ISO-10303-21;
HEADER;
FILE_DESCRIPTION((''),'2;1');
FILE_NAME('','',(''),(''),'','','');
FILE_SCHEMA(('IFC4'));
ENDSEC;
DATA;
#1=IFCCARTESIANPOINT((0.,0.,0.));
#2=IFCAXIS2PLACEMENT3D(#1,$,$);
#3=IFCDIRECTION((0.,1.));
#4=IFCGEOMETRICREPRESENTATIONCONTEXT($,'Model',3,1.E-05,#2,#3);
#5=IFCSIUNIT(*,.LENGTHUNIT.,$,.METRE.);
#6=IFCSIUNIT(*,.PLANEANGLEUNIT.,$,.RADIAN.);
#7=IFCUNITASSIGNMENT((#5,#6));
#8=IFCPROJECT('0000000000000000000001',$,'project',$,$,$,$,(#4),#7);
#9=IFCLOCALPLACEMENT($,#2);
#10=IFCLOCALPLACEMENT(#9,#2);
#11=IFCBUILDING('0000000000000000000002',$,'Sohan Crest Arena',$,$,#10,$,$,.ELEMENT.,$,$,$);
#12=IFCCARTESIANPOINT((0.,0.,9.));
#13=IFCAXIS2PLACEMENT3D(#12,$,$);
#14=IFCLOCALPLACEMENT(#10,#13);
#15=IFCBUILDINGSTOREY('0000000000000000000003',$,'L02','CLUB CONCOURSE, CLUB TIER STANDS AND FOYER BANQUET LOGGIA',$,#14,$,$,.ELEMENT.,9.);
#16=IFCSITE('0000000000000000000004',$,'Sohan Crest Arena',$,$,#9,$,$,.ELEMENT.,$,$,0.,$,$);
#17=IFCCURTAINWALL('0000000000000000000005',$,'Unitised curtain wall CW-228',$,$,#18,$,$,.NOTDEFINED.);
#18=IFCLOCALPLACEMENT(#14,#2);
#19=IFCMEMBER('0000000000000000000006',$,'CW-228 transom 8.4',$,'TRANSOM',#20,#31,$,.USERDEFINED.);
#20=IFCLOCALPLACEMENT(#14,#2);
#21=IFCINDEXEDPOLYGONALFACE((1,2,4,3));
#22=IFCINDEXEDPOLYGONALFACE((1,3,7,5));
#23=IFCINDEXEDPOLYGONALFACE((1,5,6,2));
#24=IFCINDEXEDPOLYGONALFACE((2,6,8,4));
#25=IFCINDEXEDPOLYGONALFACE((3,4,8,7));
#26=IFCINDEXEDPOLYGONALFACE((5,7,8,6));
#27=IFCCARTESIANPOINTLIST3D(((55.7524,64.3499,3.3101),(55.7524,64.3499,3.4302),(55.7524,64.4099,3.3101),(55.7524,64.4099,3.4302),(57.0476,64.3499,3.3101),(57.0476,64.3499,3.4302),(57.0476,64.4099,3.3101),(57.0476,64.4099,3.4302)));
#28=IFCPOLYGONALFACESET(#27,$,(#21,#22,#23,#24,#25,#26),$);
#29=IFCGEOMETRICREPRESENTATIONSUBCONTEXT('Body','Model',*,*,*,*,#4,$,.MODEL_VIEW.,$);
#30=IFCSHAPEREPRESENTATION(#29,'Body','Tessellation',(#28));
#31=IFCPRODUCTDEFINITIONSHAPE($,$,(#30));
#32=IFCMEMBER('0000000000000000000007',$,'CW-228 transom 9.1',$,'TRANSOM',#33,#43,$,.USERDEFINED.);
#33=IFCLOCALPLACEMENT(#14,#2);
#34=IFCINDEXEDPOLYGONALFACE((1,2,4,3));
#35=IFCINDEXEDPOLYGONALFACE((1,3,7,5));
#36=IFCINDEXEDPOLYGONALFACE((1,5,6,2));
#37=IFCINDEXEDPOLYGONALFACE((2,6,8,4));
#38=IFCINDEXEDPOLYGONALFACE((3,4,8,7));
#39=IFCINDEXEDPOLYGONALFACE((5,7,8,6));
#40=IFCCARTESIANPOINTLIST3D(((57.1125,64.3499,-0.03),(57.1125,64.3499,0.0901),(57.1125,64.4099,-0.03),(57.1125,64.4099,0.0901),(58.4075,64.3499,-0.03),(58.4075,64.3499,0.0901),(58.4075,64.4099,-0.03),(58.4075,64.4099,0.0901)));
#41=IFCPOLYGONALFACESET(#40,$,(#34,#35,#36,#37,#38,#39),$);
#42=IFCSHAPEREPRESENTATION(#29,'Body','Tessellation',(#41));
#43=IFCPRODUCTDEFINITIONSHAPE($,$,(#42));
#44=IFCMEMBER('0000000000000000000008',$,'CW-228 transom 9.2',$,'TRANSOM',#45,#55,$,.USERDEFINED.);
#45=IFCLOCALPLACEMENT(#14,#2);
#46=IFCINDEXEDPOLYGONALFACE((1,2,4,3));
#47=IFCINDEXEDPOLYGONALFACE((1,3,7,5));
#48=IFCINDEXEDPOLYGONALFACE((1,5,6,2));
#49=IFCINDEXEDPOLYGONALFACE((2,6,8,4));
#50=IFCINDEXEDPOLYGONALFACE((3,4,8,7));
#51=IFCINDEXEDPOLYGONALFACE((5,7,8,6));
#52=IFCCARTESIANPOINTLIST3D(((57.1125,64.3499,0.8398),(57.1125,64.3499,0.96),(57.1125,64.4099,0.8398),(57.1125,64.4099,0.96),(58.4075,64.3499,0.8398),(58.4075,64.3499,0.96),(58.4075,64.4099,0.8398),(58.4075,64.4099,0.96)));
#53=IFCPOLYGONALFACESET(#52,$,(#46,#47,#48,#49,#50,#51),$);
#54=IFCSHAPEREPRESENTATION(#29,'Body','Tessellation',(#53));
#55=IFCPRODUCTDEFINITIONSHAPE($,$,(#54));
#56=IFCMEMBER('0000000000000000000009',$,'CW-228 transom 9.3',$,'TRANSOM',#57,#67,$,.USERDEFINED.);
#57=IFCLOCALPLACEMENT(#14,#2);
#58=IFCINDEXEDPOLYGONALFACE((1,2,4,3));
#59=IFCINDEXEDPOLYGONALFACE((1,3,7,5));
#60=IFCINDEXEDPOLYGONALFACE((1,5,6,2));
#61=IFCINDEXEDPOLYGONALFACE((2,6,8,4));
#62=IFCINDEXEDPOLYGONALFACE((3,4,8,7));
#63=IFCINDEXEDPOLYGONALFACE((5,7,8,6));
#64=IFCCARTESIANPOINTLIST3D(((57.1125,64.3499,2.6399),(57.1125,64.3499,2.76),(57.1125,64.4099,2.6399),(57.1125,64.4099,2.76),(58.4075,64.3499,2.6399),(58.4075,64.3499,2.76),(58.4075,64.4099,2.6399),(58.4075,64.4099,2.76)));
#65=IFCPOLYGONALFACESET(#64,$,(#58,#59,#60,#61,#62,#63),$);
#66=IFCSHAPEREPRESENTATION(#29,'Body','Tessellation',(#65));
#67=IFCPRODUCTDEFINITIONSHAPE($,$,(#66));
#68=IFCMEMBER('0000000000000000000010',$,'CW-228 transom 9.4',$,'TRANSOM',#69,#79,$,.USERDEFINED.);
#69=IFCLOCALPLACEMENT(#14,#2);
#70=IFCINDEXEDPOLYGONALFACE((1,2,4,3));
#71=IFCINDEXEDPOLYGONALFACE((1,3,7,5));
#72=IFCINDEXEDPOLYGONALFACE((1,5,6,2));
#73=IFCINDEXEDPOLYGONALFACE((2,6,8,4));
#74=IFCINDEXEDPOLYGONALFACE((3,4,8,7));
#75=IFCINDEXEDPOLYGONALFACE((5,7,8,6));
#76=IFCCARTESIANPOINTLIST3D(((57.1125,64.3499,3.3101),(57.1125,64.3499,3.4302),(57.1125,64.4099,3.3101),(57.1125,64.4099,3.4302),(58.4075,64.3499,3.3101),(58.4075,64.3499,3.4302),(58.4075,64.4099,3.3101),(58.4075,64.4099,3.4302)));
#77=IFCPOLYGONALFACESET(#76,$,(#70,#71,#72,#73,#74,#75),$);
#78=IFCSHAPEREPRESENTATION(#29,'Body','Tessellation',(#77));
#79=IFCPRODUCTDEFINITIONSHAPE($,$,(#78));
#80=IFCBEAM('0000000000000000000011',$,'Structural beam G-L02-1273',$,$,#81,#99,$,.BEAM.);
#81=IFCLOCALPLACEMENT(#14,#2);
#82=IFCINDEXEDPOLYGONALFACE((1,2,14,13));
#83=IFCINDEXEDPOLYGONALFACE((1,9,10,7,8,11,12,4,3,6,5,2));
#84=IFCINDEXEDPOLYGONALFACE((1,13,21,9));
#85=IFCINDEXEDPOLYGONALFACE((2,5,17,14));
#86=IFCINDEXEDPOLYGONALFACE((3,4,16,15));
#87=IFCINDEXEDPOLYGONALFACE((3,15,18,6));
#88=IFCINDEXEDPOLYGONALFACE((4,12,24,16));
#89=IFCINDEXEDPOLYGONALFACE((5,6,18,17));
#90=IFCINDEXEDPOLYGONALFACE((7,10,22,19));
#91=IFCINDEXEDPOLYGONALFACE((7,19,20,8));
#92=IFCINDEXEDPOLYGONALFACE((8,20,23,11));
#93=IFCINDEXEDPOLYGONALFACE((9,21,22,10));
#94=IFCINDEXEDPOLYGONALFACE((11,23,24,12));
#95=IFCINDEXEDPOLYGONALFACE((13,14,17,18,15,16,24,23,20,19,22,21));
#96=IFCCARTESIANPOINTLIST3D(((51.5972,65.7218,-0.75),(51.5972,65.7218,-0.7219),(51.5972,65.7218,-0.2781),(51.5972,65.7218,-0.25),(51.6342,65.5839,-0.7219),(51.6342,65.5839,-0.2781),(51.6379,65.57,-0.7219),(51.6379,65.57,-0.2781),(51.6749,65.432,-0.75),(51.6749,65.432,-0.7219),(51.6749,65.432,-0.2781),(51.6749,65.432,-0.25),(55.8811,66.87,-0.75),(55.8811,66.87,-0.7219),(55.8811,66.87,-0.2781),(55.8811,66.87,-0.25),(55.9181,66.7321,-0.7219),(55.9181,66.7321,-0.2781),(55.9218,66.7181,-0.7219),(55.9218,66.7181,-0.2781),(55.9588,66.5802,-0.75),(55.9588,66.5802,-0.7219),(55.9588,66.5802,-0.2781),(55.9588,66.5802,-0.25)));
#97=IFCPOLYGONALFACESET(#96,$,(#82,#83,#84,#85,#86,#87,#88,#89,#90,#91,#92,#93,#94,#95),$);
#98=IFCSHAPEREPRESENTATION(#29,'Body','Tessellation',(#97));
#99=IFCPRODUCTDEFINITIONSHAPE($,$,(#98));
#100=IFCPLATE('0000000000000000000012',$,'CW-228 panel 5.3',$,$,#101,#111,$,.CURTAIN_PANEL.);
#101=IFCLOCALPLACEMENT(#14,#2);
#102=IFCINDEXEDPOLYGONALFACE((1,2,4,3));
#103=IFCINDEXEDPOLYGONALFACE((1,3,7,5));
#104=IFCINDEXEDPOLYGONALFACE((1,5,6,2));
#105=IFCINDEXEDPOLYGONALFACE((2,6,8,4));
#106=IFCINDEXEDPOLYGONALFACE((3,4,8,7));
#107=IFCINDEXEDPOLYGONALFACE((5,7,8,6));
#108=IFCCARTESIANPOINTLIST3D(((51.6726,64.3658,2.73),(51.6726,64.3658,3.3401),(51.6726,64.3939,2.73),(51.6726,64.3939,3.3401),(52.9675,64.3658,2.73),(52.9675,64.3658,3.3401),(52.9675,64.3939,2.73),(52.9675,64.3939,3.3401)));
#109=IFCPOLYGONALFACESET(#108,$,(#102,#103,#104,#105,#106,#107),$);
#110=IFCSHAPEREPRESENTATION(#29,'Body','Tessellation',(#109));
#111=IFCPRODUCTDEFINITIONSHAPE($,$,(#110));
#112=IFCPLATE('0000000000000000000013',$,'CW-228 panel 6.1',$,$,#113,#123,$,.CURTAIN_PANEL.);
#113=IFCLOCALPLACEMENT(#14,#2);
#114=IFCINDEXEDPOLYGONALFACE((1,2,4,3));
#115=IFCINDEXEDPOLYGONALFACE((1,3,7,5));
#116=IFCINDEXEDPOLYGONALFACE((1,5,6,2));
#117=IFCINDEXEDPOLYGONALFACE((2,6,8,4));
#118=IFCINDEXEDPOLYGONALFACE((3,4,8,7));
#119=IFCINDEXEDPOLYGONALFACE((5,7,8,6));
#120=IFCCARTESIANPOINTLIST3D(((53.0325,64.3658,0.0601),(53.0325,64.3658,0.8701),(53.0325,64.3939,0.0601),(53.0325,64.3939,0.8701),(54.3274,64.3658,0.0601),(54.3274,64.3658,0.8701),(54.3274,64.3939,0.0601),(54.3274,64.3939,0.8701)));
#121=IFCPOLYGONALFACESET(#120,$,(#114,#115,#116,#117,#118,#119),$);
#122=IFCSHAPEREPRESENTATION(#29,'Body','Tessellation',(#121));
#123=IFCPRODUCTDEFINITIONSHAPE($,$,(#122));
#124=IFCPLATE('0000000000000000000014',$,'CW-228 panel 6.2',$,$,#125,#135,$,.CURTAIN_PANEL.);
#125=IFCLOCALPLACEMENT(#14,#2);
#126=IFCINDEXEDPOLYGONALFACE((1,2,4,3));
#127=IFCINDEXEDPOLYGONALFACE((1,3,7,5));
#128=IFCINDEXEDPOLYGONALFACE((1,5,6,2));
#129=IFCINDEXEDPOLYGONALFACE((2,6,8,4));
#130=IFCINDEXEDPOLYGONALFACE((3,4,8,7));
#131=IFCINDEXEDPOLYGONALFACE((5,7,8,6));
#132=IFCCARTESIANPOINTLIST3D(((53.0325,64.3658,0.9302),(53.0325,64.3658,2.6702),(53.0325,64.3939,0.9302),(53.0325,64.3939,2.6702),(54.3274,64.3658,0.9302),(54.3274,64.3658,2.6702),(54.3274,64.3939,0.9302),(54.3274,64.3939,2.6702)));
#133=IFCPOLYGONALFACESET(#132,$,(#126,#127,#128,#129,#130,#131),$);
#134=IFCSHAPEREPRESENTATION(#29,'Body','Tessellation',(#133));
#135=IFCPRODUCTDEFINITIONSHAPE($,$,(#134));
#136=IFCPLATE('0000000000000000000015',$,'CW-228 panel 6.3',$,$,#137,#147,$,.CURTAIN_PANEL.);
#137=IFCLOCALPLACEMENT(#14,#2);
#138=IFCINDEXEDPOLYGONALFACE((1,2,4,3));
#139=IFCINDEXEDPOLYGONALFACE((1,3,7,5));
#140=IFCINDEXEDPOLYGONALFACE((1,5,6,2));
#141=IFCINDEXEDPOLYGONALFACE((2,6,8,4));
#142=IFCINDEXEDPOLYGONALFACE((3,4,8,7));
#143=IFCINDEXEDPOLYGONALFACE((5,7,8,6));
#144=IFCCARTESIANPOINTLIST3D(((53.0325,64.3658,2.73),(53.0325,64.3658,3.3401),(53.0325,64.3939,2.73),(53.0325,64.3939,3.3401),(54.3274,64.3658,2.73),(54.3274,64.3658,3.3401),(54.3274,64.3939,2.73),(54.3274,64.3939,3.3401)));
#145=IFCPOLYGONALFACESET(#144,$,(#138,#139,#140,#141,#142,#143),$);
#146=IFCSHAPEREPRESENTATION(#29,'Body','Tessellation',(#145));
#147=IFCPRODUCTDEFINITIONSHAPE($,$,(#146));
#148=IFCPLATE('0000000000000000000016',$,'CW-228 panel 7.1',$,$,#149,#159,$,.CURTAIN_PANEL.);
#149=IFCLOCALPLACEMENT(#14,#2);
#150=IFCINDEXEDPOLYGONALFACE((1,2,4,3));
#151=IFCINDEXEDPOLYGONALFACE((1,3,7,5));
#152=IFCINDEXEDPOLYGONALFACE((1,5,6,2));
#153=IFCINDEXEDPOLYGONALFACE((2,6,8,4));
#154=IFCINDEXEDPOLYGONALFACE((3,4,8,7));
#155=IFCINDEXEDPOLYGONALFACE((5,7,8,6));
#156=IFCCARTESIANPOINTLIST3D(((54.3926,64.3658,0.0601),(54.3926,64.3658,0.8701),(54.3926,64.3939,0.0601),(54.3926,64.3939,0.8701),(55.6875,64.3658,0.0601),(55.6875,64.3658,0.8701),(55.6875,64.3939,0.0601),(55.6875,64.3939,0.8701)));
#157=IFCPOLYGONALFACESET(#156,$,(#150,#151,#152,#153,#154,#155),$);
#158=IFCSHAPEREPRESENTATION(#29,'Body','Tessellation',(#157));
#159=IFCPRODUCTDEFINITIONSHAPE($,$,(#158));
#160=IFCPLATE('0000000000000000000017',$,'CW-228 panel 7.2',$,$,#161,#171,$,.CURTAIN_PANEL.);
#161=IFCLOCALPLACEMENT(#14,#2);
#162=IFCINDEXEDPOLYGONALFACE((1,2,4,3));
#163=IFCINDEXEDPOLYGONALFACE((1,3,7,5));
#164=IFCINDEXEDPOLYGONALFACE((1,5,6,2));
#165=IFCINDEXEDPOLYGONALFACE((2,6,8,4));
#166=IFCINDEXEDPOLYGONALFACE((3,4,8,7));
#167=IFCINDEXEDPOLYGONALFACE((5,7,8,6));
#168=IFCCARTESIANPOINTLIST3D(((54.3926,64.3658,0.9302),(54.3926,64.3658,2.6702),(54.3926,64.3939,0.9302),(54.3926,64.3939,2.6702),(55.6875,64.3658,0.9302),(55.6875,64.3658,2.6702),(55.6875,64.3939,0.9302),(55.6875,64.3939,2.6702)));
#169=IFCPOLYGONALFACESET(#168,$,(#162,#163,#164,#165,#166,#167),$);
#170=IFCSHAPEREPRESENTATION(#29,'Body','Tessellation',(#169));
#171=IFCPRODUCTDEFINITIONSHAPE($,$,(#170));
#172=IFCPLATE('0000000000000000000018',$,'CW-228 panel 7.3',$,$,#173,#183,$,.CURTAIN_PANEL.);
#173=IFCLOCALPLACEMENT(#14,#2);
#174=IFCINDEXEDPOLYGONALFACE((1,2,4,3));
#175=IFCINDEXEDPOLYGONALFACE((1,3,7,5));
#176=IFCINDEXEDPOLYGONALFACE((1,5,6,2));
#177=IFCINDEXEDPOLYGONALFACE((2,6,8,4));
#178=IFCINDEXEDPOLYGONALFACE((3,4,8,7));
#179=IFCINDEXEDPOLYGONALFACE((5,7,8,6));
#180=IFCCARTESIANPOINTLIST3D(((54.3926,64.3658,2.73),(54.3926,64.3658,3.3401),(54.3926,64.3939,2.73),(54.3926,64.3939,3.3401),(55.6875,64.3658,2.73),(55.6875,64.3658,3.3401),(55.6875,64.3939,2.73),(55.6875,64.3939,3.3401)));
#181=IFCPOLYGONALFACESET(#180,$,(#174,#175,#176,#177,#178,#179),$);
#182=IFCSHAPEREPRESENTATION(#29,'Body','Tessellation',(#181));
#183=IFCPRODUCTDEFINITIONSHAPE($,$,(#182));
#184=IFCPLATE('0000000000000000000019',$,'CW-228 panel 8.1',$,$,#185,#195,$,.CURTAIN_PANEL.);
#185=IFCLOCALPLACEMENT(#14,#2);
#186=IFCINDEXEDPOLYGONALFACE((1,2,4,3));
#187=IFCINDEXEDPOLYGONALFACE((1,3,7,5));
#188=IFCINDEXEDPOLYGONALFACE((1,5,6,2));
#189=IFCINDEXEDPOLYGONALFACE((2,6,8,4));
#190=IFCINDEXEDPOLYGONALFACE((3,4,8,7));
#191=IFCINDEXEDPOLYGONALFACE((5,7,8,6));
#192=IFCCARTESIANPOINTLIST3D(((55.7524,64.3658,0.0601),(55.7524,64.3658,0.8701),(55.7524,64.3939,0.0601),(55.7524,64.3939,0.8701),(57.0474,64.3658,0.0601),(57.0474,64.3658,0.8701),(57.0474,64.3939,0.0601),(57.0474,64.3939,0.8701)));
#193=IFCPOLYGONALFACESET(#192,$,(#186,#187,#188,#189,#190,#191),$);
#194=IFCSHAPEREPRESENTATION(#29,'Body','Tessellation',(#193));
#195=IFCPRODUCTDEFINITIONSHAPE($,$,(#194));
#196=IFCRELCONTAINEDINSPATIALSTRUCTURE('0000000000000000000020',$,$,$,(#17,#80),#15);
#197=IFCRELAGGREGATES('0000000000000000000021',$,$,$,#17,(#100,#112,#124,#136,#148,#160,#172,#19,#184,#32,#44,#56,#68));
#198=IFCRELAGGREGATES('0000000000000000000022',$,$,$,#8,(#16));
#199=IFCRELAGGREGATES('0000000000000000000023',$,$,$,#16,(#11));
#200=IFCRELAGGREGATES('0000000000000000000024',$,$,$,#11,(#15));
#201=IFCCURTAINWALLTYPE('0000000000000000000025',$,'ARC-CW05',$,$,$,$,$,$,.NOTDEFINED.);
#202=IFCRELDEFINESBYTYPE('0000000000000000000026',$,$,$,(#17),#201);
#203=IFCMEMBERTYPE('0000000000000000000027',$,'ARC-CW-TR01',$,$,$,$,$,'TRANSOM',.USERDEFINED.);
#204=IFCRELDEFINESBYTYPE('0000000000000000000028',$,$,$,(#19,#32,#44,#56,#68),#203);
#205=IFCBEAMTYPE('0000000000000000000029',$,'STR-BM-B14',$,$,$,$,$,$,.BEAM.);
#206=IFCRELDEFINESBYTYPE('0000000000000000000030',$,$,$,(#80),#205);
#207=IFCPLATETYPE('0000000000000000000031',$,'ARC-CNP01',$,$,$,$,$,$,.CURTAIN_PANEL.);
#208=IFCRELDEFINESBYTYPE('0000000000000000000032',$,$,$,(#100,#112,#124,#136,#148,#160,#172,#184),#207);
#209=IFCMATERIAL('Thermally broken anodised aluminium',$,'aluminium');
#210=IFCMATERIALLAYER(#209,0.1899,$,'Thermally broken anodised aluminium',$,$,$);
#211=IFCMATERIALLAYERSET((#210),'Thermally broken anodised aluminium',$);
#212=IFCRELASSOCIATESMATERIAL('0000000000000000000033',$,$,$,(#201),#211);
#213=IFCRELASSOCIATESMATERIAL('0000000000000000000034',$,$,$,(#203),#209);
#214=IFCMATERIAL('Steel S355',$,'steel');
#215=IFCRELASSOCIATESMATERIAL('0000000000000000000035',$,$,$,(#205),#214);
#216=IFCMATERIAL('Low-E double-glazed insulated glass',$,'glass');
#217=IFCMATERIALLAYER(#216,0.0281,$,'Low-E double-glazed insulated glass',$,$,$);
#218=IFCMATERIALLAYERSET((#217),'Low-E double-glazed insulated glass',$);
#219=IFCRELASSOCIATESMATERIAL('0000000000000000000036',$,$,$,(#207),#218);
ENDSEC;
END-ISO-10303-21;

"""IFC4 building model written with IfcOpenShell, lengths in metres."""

from ifc_helpers import new_model, si_unit, direction, frame, origin, origin_2d, place, context, subcontext, project, spatial, rectangle, i_section, extrude, material, layer, layer_set, material_profile, profile_set, type_object, element, aggregate, save


model = new_model("IFC4")

# Units and contexts
model_context = context("Model", 3, precision=1e-05, world=origin(), true_north=direction((0.0, 1.0)))
body_context = subcontext(model_context, "Body", "Model", "MODEL_VIEW")
ifc_project = project(units=[si_unit("LENGTHUNIT", "METRE"), si_unit("PLANEANGLEUNIT", "RADIAN")], contexts=[model_context])

# Site, building, storey
site_placement = place(None, origin())
site = spatial("IfcSite", under=ifc_project, at=site_placement, Name="Sohan Crest Arena", CompositionType="ELEMENT", RefElevation=0.0)
building_placement = place(site_placement, origin())
building = spatial("IfcBuilding", under=site, at=building_placement, Name="Sohan Crest Arena", CompositionType="ELEMENT")
storey_placement = place(building_placement, frame((0.0, 0.0, 9.0)))
storey = spatial("IfcBuildingStorey", under=building, at=storey_placement, Name="L02", Description="CLUB CONCOURSE, CLUB TIER STANDS AND FOYER BANQUET LOGGIA", CompositionType="ELEMENT", Elevation=9.0)

# Curtain wall, members
ifc_material_1 = material(Name="Thermally broken anodised aluminium", Category="aluminium")
ifc_layer_1 = layer(ifc_material_1, 0.1899, Name="Thermally broken anodised aluminium")
ifc_layer_set_1 = layer_set([ifc_layer_1], Name="Thermally broken anodised aluminium")
curtain_wall_type = type_object("IfcCurtainWallType", Name="ARC-CW05", PredefinedType="NOTDEFINED", material=ifc_layer_set_1)
curtain_wall_placement = place(storey_placement, origin())
curtain_wall = element("IfcCurtainWall", 1, at=curtain_wall_placement, inside=storey, type_object=curtain_wall_type, Name="Unitised curtain wall CW-228", PredefinedType="NOTDEFINED")
ifc_material_profile_1 = material_profile(ifc_material_1, rectangle(XDim=0.0601, YDim=0.1201, at=origin_2d()), Name="ALU-TRAN 60x120")
ifc_profile_set_1 = profile_set([ifc_material_profile_1], Name="Thermally broken anodised aluminium")
member_type_1 = type_object("IfcMemberType", Name="ARC-CW-TR01", ElementType="TRANSOM", PredefinedType="USERDEFINED", material=ifc_profile_set_1)
member_1_placement = place(storey_placement, frame((55.7524, 64.3799, 3.3701), z_axis=(1.0, 0.0, 0.0), x_axis=(0.0, 1.0, 0.0)))
member_1 = element("IfcMember", 2, at=member_1_placement, type_object=member_type_1, Name="CW-228 transom 8.4", ObjectType="TRANSOM", PredefinedType="USERDEFINED", context=body_context, shape_type="SweptSolid", body=[
    extrude(rectangle(XDim=0.0601, YDim=0.1201, at=origin_2d()), origin(), (0.0, 0.0, 1.0), 1.2952),
])
member_2_placement = place(storey_placement, frame((57.1125, 64.3799, 0.03), z_axis=(1.0, 0.0, 0.0), x_axis=(0.0, 1.0, 0.0)))
member_2 = element("IfcMember", 3, at=member_2_placement, type_object=member_type_1, Name="CW-228 transom 9.1", ObjectType="TRANSOM", PredefinedType="USERDEFINED", context=body_context, shape_type="SweptSolid", body=[
    extrude(rectangle(XDim=0.0601, YDim=0.1201, at=origin_2d()), origin(), (0.0, 0.0, 1.0), 1.2949),
])
member_3_placement = place(storey_placement, frame((57.1125, 64.3799, 0.8999), z_axis=(1.0, 0.0, 0.0), x_axis=(0.0, 1.0, 0.0)))
member_3 = element("IfcMember", 4, at=member_3_placement, type_object=member_type_1, Name="CW-228 transom 9.2", ObjectType="TRANSOM", PredefinedType="USERDEFINED", context=body_context, shape_type="SweptSolid", body=[
    extrude(rectangle(XDim=0.0601, YDim=0.1201, at=origin_2d()), origin(), (0.0, 0.0, 1.0), 1.2949),
])
member_4_placement = place(storey_placement, frame((57.1125, 64.3799, 2.7), z_axis=(1.0, 0.0, 0.0), x_axis=(0.0, 1.0, 0.0)))
member_4 = element("IfcMember", 5, at=member_4_placement, type_object=member_type_1, Name="CW-228 transom 9.3", ObjectType="TRANSOM", PredefinedType="USERDEFINED", context=body_context, shape_type="SweptSolid", body=[
    extrude(rectangle(XDim=0.0601, YDim=0.1201, at=origin_2d()), origin(), (0.0, 0.0, 1.0), 1.2949),
])
member_5_placement = place(storey_placement, frame((57.1125, 64.3799, 3.3701), z_axis=(1.0, 0.0, 0.0), x_axis=(0.0, 1.0, 0.0)))
member_5 = element("IfcMember", 6, at=member_5_placement, type_object=member_type_1, Name="CW-228 transom 9.4", ObjectType="TRANSOM", PredefinedType="USERDEFINED", context=body_context, shape_type="SweptSolid", body=[
    extrude(rectangle(XDim=0.0601, YDim=0.1201, at=origin_2d()), origin(), (0.0, 0.0, 1.0), 1.2949),
])

# Beam
ifc_material_2 = material(Name="Steel S355", Category="steel")
ifc_material_profile_2 = material_profile(ifc_material_2, i_section(OverallWidth=0.3, OverallDepth=0.5, WebThickness=0.0144, FlangeThickness=0.0281, at=origin_2d()), Name="HEB 500")
ifc_profile_set_2 = profile_set([ifc_material_profile_2], Name="Steel S355")
beam_type = type_object("IfcBeamType", Name="STR-BM-B14", PredefinedType="BEAM", material=ifc_profile_set_2)
beam_placement = place(storey_placement, frame((55.9199, 66.7251, -0.5), z_axis=(-0.965908, -0.258886, 0.0), x_axis=(0.258886, -0.965908, 0.0)))
element("IfcBeam", 7, at=beam_placement, inside=storey, type_object=beam_type, Name="Structural beam G-L02-1273", PredefinedType="BEAM", context=body_context, shape_type="SweptSolid", body=[
    extrude(i_section(OverallWidth=0.3, OverallDepth=0.5, WebThickness=0.0144, FlangeThickness=0.0281, at=origin_2d()), origin(), (0.0, 0.0, 1.0), 4.4351),
])

# Plates
ifc_material_3 = material(Name="Low-E double-glazed insulated glass", Category="glass")
ifc_layer_2 = layer(ifc_material_3, 0.0281, Name="Low-E double-glazed insulated glass")
ifc_layer_set_2 = layer_set([ifc_layer_2], Name="Low-E double-glazed insulated glass")
plate_type = type_object("IfcPlateType", Name="ARC-CNP01", PredefinedType="CURTAIN_PANEL", material=ifc_layer_set_2)
plate_1_placement = place(storey_placement, frame((52.3201, 64.3799, 2.73), z_axis=(0.0, 0.0, 1.0), x_axis=(1.0, 0.0, 0.0)))
plate_1 = element("IfcPlate", 8, at=plate_1_placement, type_object=plate_type, Name="CW-228 panel 5.3", PredefinedType="CURTAIN_PANEL", context=body_context, shape_type="SweptSolid", body=[
    extrude(rectangle(XDim=1.2949, YDim=0.0281, at=origin_2d()), origin(), (0.0, 0.0, 1.0), 0.6101),
])
plate_2_placement = place(storey_placement, frame((53.6799, 64.3799, 0.0601), z_axis=(0.0, 0.0, 1.0), x_axis=(1.0, 0.0, 0.0)))
plate_2 = element("IfcPlate", 9, at=plate_2_placement, type_object=plate_type, Name="CW-228 panel 6.1", PredefinedType="CURTAIN_PANEL", context=body_context, shape_type="SweptSolid", body=[
    extrude(rectangle(XDim=1.2949, YDim=0.0281, at=origin_2d()), origin(), (0.0, 0.0, 1.0), 0.8101),
])
plate_3_placement = place(storey_placement, frame((53.6799, 64.3799, 0.9302), z_axis=(0.0, 0.0, 1.0), x_axis=(1.0, 0.0, 0.0)))
plate_3 = element("IfcPlate", 10, at=plate_3_placement, type_object=plate_type, Name="CW-228 panel 6.2", PredefinedType="CURTAIN_PANEL", context=body_context, shape_type="SweptSolid", body=[
    extrude(rectangle(XDim=1.2949, YDim=0.0281, at=origin_2d()), origin(), (0.0, 0.0, 1.0), 1.74),
])
plate_4_placement = place(storey_placement, frame((53.6799, 64.3799, 2.73), z_axis=(0.0, 0.0, 1.0), x_axis=(1.0, 0.0, 0.0)))
plate_4 = element("IfcPlate", 11, at=plate_4_placement, type_object=plate_type, Name="CW-228 panel 6.3", PredefinedType="CURTAIN_PANEL", context=body_context, shape_type="SweptSolid", body=[
    extrude(rectangle(XDim=1.2949, YDim=0.0281, at=origin_2d()), origin(), (0.0, 0.0, 1.0), 0.6101),
])
plate_5_placement = place(storey_placement, frame((55.04, 64.3799, 0.0601), z_axis=(0.0, 0.0, 1.0), x_axis=(1.0, 0.0, 0.0)))
plate_5 = element("IfcPlate", 12, at=plate_5_placement, type_object=plate_type, Name="CW-228 panel 7.1", PredefinedType="CURTAIN_PANEL", context=body_context, shape_type="SweptSolid", body=[
    extrude(rectangle(XDim=1.2949, YDim=0.0281, at=origin_2d()), origin(), (0.0, 0.0, 1.0), 0.8101),
])
plate_6_placement = place(storey_placement, frame((55.04, 64.3799, 0.9302), z_axis=(0.0, 0.0, 1.0), x_axis=(1.0, 0.0, 0.0)))
plate_6 = element("IfcPlate", 13, at=plate_6_placement, type_object=plate_type, Name="CW-228 panel 7.2", PredefinedType="CURTAIN_PANEL", context=body_context, shape_type="SweptSolid", body=[
    extrude(rectangle(XDim=1.2949, YDim=0.0281, at=origin_2d()), origin(), (0.0, 0.0, 1.0), 1.74),
])
plate_7_placement = place(storey_placement, frame((55.04, 64.3799, 2.73), z_axis=(0.0, 0.0, 1.0), x_axis=(1.0, 0.0, 0.0)))
plate_7 = element("IfcPlate", 14, at=plate_7_placement, type_object=plate_type, Name="CW-228 panel 7.3", PredefinedType="CURTAIN_PANEL", context=body_context, shape_type="SweptSolid", body=[
    extrude(rectangle(XDim=1.2949, YDim=0.0281, at=origin_2d()), origin(), (0.0, 0.0, 1.0), 0.6101),
])
plate_8_placement = place(storey_placement, frame((56.3999, 64.3799, 0.0601), z_axis=(0.0, 0.0, 1.0), x_axis=(1.0, 0.0, 0.0)))
plate_8 = element("IfcPlate", 15, at=plate_8_placement, type_object=plate_type, Name="CW-228 panel 8.1", PredefinedType="CURTAIN_PANEL", context=body_context, shape_type="SweptSolid", body=[
    extrude(rectangle(XDim=1.2949, YDim=0.0281, at=origin_2d()), origin(), (0.0, 0.0, 1.0), 0.8101),
])
aggregate(curtain_wall, [plate_1, plate_2, plate_3, plate_4, plate_5, plate_6, plate_7, member_1, plate_8, member_2, member_3, member_4, member_5])

save(model, "model.ifc")
